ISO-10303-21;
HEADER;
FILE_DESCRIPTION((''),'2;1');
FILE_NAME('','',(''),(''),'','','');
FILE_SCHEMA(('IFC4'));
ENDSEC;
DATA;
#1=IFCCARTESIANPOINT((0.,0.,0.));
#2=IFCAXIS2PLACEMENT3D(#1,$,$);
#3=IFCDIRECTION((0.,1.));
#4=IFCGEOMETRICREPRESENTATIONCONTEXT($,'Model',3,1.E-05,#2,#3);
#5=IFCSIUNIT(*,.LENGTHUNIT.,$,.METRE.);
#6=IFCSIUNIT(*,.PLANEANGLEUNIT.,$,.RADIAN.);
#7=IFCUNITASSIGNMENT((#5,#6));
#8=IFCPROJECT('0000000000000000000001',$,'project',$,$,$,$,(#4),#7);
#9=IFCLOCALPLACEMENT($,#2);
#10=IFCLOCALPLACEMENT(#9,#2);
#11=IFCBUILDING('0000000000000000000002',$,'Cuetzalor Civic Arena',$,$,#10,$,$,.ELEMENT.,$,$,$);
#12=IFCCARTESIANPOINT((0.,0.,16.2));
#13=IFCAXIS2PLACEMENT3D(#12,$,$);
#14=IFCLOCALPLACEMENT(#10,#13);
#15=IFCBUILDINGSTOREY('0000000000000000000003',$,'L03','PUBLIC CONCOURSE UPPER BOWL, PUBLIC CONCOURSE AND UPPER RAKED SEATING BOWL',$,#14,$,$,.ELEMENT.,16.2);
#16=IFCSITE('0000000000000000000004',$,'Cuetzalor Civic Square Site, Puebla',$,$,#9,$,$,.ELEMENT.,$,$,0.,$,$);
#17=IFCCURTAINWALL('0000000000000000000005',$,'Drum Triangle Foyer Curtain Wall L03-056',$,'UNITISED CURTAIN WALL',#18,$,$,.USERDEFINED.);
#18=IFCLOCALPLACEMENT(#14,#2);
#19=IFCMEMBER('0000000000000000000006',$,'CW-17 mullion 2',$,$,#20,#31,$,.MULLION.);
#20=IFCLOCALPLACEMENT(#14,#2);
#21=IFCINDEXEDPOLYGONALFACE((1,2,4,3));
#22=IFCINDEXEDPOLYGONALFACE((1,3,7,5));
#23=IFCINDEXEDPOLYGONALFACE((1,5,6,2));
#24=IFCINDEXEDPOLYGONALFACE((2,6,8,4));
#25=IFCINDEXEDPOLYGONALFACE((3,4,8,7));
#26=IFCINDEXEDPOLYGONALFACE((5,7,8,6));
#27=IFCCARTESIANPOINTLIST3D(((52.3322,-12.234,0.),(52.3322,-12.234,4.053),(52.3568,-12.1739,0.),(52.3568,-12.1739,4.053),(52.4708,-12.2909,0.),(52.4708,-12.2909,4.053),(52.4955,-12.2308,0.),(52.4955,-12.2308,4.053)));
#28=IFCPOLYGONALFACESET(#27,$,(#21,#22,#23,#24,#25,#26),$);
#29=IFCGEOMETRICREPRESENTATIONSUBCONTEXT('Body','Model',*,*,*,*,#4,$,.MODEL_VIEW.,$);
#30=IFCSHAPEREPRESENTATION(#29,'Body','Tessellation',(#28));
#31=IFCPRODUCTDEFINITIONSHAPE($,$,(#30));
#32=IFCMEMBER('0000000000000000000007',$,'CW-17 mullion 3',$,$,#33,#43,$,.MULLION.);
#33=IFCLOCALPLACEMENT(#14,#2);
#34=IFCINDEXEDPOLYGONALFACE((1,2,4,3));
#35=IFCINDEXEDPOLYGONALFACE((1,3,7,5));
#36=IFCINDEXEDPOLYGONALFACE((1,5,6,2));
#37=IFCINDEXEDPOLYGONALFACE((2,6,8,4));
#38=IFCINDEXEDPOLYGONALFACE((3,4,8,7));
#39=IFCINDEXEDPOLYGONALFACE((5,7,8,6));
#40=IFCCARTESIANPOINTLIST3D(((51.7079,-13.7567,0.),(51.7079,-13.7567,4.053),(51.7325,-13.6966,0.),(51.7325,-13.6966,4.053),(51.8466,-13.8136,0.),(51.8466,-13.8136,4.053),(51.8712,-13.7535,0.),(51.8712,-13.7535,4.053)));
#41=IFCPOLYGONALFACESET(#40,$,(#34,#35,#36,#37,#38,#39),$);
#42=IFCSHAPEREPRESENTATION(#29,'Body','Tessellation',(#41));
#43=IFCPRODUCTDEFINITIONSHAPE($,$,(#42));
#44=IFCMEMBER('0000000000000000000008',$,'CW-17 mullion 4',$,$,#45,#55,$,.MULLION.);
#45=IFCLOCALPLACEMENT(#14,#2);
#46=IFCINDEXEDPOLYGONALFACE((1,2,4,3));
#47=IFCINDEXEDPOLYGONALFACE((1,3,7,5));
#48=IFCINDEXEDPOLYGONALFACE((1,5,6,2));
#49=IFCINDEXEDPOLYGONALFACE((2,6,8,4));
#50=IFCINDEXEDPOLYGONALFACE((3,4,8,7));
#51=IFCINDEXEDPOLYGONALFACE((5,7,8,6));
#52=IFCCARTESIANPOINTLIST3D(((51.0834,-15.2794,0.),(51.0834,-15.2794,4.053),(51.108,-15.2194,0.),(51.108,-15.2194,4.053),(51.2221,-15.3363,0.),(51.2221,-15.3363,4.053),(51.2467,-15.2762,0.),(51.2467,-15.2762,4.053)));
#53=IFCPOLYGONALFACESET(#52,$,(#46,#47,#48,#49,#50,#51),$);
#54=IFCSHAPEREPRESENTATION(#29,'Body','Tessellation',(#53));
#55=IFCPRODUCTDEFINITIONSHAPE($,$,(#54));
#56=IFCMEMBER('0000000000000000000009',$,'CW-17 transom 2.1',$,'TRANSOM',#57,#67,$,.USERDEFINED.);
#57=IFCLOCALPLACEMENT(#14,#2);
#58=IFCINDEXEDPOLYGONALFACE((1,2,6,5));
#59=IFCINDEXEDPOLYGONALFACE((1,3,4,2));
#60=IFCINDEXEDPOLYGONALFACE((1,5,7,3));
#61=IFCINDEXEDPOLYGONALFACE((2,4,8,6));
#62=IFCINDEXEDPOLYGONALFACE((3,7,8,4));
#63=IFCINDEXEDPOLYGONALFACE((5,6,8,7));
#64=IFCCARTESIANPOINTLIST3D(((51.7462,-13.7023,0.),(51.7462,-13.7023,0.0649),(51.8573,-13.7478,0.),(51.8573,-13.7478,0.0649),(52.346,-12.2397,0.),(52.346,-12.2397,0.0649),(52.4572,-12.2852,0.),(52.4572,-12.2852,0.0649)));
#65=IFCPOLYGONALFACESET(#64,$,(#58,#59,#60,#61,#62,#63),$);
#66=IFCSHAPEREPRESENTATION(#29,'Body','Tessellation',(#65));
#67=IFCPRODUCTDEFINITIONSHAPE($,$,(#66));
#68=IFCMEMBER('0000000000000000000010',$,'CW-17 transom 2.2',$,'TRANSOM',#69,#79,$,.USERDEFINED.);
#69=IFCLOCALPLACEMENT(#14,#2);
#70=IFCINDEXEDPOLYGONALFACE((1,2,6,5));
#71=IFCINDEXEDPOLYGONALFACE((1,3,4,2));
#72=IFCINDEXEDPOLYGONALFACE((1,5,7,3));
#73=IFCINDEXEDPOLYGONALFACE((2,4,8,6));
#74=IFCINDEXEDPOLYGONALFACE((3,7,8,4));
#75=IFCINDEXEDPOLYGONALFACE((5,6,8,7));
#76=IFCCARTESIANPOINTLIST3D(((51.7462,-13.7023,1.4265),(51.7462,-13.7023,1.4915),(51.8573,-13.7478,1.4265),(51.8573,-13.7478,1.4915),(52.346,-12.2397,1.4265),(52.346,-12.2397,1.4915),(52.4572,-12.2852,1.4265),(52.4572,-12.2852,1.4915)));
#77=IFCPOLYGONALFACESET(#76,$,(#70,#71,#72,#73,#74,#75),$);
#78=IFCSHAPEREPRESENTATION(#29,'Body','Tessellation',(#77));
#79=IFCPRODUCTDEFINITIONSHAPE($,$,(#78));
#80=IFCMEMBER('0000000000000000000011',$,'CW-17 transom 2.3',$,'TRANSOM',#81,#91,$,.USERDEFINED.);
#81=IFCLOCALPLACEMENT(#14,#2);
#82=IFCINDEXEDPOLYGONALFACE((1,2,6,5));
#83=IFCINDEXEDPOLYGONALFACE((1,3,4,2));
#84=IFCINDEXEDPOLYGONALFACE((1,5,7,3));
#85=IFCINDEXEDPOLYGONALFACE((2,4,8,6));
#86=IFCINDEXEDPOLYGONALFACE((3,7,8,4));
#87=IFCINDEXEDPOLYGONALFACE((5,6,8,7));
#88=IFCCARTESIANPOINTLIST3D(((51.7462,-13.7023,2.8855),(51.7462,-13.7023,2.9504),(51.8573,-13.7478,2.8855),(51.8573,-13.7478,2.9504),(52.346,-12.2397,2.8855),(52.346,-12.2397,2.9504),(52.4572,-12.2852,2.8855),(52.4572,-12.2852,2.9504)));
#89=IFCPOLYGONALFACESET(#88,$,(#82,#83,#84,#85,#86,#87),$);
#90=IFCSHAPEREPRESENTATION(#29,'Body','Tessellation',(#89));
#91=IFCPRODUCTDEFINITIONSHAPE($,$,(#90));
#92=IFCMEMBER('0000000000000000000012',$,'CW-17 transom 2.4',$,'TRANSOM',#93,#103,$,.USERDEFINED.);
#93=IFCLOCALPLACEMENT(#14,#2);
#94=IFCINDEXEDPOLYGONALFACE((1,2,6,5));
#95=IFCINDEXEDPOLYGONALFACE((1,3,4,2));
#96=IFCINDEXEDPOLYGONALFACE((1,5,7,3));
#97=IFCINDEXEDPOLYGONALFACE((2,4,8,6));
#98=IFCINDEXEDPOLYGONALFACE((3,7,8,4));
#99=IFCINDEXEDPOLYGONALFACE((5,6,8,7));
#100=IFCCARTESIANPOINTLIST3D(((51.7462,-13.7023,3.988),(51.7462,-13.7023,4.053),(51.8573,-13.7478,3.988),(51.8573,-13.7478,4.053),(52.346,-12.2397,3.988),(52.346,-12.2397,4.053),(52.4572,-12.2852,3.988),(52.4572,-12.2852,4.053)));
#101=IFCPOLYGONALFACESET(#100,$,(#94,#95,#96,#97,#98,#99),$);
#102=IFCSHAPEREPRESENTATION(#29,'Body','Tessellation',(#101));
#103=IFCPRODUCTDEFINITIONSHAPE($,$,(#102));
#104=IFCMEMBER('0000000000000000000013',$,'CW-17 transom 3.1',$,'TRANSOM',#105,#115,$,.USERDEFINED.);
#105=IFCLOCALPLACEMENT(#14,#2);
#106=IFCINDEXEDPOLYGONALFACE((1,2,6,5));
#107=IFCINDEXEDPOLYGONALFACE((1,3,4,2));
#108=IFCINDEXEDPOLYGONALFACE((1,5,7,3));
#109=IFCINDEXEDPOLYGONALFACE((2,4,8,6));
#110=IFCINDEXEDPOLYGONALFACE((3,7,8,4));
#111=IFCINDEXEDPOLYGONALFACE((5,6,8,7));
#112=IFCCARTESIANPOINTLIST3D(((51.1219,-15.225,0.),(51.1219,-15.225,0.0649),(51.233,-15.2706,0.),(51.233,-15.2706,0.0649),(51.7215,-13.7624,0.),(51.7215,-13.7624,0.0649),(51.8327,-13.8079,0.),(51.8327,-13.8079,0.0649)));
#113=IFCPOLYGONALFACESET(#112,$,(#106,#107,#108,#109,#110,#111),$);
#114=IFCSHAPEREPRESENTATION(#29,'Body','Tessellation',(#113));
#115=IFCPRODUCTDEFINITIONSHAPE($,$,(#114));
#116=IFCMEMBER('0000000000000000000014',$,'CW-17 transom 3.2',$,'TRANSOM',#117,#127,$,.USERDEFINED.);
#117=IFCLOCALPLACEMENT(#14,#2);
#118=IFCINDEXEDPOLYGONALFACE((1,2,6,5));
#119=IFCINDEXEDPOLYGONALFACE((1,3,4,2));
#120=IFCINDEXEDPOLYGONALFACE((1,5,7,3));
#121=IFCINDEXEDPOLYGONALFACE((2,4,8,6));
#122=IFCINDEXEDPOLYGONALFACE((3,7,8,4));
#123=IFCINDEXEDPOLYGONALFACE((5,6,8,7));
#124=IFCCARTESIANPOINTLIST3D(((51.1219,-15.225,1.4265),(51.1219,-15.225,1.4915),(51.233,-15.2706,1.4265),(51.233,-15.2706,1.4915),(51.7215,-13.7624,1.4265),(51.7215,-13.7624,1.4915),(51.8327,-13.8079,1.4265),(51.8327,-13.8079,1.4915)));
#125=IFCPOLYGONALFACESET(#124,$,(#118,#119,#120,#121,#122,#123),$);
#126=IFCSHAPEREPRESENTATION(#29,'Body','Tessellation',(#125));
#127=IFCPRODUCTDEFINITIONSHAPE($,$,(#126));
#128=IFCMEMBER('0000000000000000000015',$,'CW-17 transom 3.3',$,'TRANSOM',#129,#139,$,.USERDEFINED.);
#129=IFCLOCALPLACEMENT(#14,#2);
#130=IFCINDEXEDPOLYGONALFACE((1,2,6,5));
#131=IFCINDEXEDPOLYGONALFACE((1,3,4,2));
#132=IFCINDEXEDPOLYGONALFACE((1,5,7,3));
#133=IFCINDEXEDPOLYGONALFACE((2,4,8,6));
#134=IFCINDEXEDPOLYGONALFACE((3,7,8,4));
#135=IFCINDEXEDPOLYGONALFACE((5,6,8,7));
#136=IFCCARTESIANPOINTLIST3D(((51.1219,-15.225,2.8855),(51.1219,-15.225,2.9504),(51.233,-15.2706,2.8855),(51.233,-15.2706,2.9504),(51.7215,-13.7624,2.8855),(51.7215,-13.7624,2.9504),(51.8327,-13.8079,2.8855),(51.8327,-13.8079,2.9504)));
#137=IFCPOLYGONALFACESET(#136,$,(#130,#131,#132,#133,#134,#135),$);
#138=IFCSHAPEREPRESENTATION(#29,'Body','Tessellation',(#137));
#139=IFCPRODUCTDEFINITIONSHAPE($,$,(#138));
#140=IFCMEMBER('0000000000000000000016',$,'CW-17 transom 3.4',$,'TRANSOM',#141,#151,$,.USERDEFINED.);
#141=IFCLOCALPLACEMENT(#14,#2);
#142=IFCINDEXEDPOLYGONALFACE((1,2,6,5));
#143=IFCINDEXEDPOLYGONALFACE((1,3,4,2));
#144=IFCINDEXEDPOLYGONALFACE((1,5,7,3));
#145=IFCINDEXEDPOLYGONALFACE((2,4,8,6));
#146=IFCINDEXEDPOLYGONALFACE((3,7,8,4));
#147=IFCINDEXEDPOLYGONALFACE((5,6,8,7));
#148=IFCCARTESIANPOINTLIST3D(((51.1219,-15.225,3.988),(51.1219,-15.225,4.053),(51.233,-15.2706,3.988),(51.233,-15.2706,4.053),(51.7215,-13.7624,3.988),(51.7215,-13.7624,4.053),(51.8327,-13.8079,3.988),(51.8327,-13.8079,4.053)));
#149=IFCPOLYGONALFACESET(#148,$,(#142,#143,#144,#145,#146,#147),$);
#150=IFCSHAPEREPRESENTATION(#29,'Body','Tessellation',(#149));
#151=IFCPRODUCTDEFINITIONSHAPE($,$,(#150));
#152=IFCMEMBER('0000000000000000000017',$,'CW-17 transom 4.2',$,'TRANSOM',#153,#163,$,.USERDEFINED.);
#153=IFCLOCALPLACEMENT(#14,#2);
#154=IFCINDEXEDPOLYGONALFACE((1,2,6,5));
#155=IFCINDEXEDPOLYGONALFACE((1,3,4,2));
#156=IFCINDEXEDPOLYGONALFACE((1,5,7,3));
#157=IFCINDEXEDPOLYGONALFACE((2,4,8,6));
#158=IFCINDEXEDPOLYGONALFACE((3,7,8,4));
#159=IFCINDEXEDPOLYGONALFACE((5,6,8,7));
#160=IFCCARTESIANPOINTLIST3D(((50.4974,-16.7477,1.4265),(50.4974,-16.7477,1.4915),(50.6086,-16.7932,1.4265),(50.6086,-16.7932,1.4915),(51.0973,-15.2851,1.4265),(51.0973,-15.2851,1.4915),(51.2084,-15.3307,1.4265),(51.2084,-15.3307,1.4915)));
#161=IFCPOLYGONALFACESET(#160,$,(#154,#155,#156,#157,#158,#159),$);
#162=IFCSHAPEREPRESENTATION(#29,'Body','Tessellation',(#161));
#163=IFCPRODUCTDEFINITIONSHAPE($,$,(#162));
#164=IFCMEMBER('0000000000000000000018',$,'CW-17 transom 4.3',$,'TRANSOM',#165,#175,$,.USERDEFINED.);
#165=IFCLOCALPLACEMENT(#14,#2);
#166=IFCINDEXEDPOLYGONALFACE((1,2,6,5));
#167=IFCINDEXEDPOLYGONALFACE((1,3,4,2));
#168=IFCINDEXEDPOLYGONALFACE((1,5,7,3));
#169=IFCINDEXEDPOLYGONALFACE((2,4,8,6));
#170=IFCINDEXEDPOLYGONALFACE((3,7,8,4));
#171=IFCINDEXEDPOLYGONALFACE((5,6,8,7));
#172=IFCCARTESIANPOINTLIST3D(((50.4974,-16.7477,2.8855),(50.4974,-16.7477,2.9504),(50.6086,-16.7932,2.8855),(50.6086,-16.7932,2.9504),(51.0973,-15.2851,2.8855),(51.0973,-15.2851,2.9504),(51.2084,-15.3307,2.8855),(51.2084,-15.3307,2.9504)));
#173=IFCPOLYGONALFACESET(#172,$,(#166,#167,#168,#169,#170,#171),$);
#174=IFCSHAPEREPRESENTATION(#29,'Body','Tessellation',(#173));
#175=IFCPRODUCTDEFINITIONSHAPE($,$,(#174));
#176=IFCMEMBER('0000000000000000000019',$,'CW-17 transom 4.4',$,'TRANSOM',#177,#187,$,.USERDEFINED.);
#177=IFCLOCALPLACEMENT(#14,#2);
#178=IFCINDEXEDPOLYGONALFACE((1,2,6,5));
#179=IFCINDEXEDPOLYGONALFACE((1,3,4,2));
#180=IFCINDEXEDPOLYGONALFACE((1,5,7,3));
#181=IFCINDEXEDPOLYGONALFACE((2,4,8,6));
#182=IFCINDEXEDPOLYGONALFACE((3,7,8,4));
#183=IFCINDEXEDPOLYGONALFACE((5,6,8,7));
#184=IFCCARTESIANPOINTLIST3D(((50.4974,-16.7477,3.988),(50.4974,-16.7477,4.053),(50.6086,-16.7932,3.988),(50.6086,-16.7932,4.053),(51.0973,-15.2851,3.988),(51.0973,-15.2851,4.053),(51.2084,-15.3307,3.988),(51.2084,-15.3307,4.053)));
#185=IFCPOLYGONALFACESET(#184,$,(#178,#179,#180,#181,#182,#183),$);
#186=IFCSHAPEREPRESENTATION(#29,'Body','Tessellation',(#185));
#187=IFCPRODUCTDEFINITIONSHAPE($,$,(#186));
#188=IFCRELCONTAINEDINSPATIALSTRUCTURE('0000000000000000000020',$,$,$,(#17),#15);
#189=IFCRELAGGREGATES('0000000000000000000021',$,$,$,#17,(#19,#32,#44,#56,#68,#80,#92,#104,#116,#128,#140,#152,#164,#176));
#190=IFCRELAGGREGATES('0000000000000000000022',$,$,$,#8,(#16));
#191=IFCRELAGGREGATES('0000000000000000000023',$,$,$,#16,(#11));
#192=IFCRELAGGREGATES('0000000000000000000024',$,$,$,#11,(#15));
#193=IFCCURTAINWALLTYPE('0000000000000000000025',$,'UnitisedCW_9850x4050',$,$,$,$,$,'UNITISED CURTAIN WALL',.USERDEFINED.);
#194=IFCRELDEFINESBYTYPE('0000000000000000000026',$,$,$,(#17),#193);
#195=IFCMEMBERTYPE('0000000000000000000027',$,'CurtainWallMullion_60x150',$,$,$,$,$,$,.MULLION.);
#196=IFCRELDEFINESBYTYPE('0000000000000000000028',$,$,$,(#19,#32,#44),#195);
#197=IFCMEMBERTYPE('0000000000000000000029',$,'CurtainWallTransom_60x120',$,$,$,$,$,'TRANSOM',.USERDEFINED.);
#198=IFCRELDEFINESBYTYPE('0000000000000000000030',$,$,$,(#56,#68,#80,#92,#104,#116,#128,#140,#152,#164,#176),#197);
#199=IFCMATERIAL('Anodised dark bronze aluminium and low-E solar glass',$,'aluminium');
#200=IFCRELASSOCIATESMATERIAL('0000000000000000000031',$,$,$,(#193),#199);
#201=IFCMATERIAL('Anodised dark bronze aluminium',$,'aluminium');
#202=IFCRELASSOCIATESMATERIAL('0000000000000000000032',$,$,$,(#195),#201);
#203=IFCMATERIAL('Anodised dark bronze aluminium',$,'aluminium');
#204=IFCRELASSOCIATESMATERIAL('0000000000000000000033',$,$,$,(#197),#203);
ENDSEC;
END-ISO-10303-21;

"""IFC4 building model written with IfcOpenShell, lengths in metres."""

from ifc_helpers import new_model, si_unit, direction, frame, origin, origin_2d, place, context, subcontext, project, spatial, rectangle, extrude, material, material_profile, profile_set, type_object, element, aggregate, save


model = new_model("IFC4")

# Units and contexts
model_context = context("Model", 3, precision=1e-05, world=origin(), true_north=direction((0.0, 1.0)))
body_context = subcontext(model_context, "Body", "Model", "MODEL_VIEW")
ifc_project = project(units=[si_unit("LENGTHUNIT", "METRE"), si_unit("PLANEANGLEUNIT", "RADIAN")], contexts=[model_context])

# Site, building, storey
site_placement = place(None, origin())
site = spatial("IfcSite", under=ifc_project, at=site_placement, Name="Cuetzalor Civic Square Site, Puebla", CompositionType="ELEMENT", RefElevation=0.0)
building_placement = place(site_placement, origin())
building = spatial("IfcBuilding", under=site, at=building_placement, Name="Cuetzalor Civic Arena", CompositionType="ELEMENT")
storey_placement = place(building_placement, frame((0.0, 0.0, 16.2)))
storey = spatial("IfcBuildingStorey", under=building, at=storey_placement, Name="L03", Description="PUBLIC CONCOURSE UPPER BOWL, PUBLIC CONCOURSE AND UPPER RAKED SEATING BOWL", CompositionType="ELEMENT", Elevation=16.2)

# Curtain wall, members
ifc_material_1 = material(Name="Anodised dark bronze aluminium and low-E solar glass", Category="aluminium")
curtain_wall_type = type_object("IfcCurtainWallType", Name="UnitisedCW_9850x4050", ElementType="UNITISED CURTAIN WALL", PredefinedType="USERDEFINED", material=ifc_material_1)
curtain_wall_placement = place(storey_placement, origin())
curtain_wall = element("IfcCurtainWall", 1, at=curtain_wall_placement, inside=storey, type_object=curtain_wall_type, Name="Drum Triangle Foyer Curtain Wall L03-056", ObjectType="UNITISED CURTAIN WALL", PredefinedType="USERDEFINED")
ifc_material_2 = material(Name="Anodised dark bronze aluminium", Category="aluminium")
ifc_material_profile_1 = material_profile(ifc_material_2, rectangle(XDim=0.0649, YDim=0.1499, at=origin_2d()), Name="ALU MULLION 65x150")
ifc_profile_set_1 = profile_set([ifc_material_profile_1], Name="Anodised dark bronze aluminium")
member_type_1 = type_object("IfcMemberType", Name="CurtainWallMullion_60x150", PredefinedType="MULLION", material=ifc_profile_set_1)
member_1_placement = place(storey_placement, frame((52.4138, -12.2324, 0.0), z_axis=(0.0, 0.0, 1.0), x_axis=(-0.379391, -0.925236, 0.0)))
member_1 = element("IfcMember", 2, at=member_1_placement, type_object=member_type_1, Name="CW-17 mullion 2", PredefinedType="MULLION", context=body_context, shape_type="SweptSolid", body=[
    extrude(rectangle(XDim=0.0649, YDim=0.1499, at=origin_2d()), origin(), (0.0, 0.0, 1.0), 4.053),
])
member_2_placement = place(storey_placement, frame((51.7896, -13.7551, 0.0), z_axis=(0.0, 0.0, 1.0), x_axis=(-0.379391, -0.925236, 0.0)))
member_2 = element("IfcMember", 3, at=member_2_placement, type_object=member_type_1, Name="CW-17 mullion 3", PredefinedType="MULLION", context=body_context, shape_type="SweptSolid", body=[
    extrude(rectangle(XDim=0.0649, YDim=0.1499, at=origin_2d()), origin(), (0.0, 0.0, 1.0), 4.053),
])
member_3_placement = place(storey_placement, frame((51.165, -15.2778, 0.0), z_axis=(0.0, 0.0, 1.0), x_axis=(-0.379391, -0.925236, 0.0)))
member_3 = element("IfcMember", 4, at=member_3_placement, type_object=member_type_1, Name="CW-17 mullion 4", PredefinedType="MULLION", context=body_context, shape_type="SweptSolid", body=[
    extrude(rectangle(XDim=0.0649, YDim=0.1499, at=origin_2d()), origin(), (0.0, 0.0, 1.0), 4.053),
])
ifc_material_3 = material(Name="Anodised dark bronze aluminium", Category="aluminium")
ifc_material_profile_2 = material_profile(ifc_material_3, rectangle(XDim=0.1201, YDim=0.0649, at=origin_2d()), Name="ALU TRANSOM 65x120")
ifc_profile_set_2 = profile_set([ifc_material_profile_2], Name="Anodised dark bronze aluminium")
member_type_2 = type_object("IfcMemberType", Name="CurtainWallTransom_60x120", ElementType="TRANSOM", PredefinedType="USERDEFINED", material=ifc_profile_set_2)
member_4_placement = place(storey_placement, frame((52.4016, -12.2625, 0.0325), z_axis=(-0.379445, -0.925214, 0.0), x_axis=(0.925214, -0.379445, 0.0)))
member_4 = element("IfcMember", 5, at=member_4_placement, type_object=member_type_2, Name="CW-17 transom 2.1", ObjectType="TRANSOM", PredefinedType="USERDEFINED", context=body_context, shape_type="SweptSolid", body=[
    extrude(rectangle(XDim=0.1201, YDim=0.0649, at=origin_2d()), origin(), (0.0, 0.0, 1.0), 1.5808),
])
member_5_placement = place(storey_placement, frame((52.4016, -12.2625, 1.459), z_axis=(-0.379445, -0.925214, 0.0), x_axis=(0.925214, -0.379445, 0.0)))
member_5 = element("IfcMember", 6, at=member_5_placement, type_object=member_type_2, Name="CW-17 transom 2.2", ObjectType="TRANSOM", PredefinedType="USERDEFINED", context=body_context, shape_type="SweptSolid", body=[
    extrude(rectangle(XDim=0.1201, YDim=0.0649, at=origin_2d()), origin(), (0.0, 0.0, 1.0), 1.5808),
])
member_6_placement = place(storey_placement, frame((52.4016, -12.2625, 2.918), z_axis=(-0.379445, -0.925214, 0.0), x_axis=(0.925214, -0.379445, 0.0)))
member_6 = element("IfcMember", 7, at=member_6_placement, type_object=member_type_2, Name="CW-17 transom 2.3", ObjectType="TRANSOM", PredefinedType="USERDEFINED", context=body_context, shape_type="SweptSolid", body=[
    extrude(rectangle(XDim=0.1201, YDim=0.0649, at=origin_2d()), origin(), (0.0, 0.0, 1.0), 1.5808),
])
member_7_placement = place(storey_placement, frame((52.4016, -12.2625, 4.0205), z_axis=(-0.379445, -0.925214, 0.0), x_axis=(0.925214, -0.379445, 0.0)))
member_7 = element("IfcMember", 8, at=member_7_placement, type_object=member_type_2, Name="CW-17 transom 2.4", ObjectType="TRANSOM", PredefinedType="USERDEFINED", context=body_context, shape_type="SweptSolid", body=[
    extrude(rectangle(XDim=0.1201, YDim=0.0649, at=origin_2d()), origin(), (0.0, 0.0, 1.0), 1.5808),
])
member_8_placement = place(storey_placement, frame((51.7771, -13.7852, 0.0325), z_axis=(-0.379312, -0.925269, 0.0), x_axis=(0.925269, -0.379312, 0.0)))
member_8 = element("IfcMember", 9, at=member_8_placement, type_object=member_type_2, Name="CW-17 transom 3.1", ObjectType="TRANSOM", PredefinedType="USERDEFINED", context=body_context, shape_type="SweptSolid", body=[
    extrude(rectangle(XDim=0.1201, YDim=0.0649, at=origin_2d()), origin(), (0.0, 0.0, 1.0), 1.5808),
])
member_9_placement = place(storey_placement, frame((51.7771, -13.7852, 1.459), z_axis=(-0.379312, -0.925269, 0.0), x_axis=(0.925269, -0.379312, 0.0)))
member_9 = element("IfcMember", 10, at=member_9_placement, type_object=member_type_2, Name="CW-17 transom 3.2", ObjectType="TRANSOM", PredefinedType="USERDEFINED", context=body_context, shape_type="SweptSolid", body=[
    extrude(rectangle(XDim=0.1201, YDim=0.0649, at=origin_2d()), origin(), (0.0, 0.0, 1.0), 1.5808),
])
member_10_placement = place(storey_placement, frame((51.7771, -13.7852, 2.918), z_axis=(-0.379312, -0.925269, 0.0), x_axis=(0.925269, -0.379312, 0.0)))
member_10 = element("IfcMember", 11, at=member_10_placement, type_object=member_type_2, Name="CW-17 transom 3.3", ObjectType="TRANSOM", PredefinedType="USERDEFINED", context=body_context, shape_type="SweptSolid", body=[
    extrude(rectangle(XDim=0.1201, YDim=0.0649, at=origin_2d()), origin(), (0.0, 0.0, 1.0), 1.5808),
])
member_11_placement = place(storey_placement, frame((51.7771, -13.7852, 4.0205), z_axis=(-0.379312, -0.925269, 0.0), x_axis=(0.925269, -0.379312, 0.0)))
member_11 = element("IfcMember", 12, at=member_11_placement, type_object=member_type_2, Name="CW-17 transom 3.4", ObjectType="TRANSOM", PredefinedType="USERDEFINED", context=body_context, shape_type="SweptSolid", body=[
    extrude(rectangle(XDim=0.1201, YDim=0.0649, at=origin_2d()), origin(), (0.0, 0.0, 1.0), 1.5808),
])
member_12_placement = place(storey_placement, frame((51.1528, -15.3079, 1.459), z_axis=(-0.379445, -0.925214, 0.0), x_axis=(0.925214, -0.379445, 0.0)))
member_12 = element("IfcMember", 13, at=member_12_placement, type_object=member_type_2, Name="CW-17 transom 4.2", ObjectType="TRANSOM", PredefinedType="USERDEFINED", context=body_context, shape_type="SweptSolid", body=[
    extrude(rectangle(XDim=0.1201, YDim=0.0649, at=origin_2d()), origin(), (0.0, 0.0, 1.0), 1.5808),
])
member_13_placement = place(storey_placement, frame((51.1528, -15.3079, 2.918), z_axis=(-0.379445, -0.925214, 0.0), x_axis=(0.925214, -0.379445, 0.0)))
member_13 = element("IfcMember", 14, at=member_13_placement, type_object=member_type_2, Name="CW-17 transom 4.3", ObjectType="TRANSOM", PredefinedType="USERDEFINED", context=body_context, shape_type="SweptSolid", body=[
    extrude(rectangle(XDim=0.1201, YDim=0.0649, at=origin_2d()), origin(), (0.0, 0.0, 1.0), 1.5808),
])
member_14_placement = place(storey_placement, frame((51.1528, -15.3079, 4.0205), z_axis=(-0.379445, -0.925214, 0.0), x_axis=(0.925214, -0.379445, 0.0)))
member_14 = element("IfcMember", 15, at=member_14_placement, type_object=member_type_2, Name="CW-17 transom 4.4", ObjectType="TRANSOM", PredefinedType="USERDEFINED", context=body_context, shape_type="SweptSolid", body=[
    extrude(rectangle(XDim=0.1201, YDim=0.0649, at=origin_2d()), origin(), (0.0, 0.0, 1.0), 1.5808),
])

aggregate(curtain_wall, [member_1, member_2, member_3, member_4, member_5, member_6, member_7, member_8, member_9, member_10, member_11, member_12, member_13, member_14])

save(model, "model.ifc")
